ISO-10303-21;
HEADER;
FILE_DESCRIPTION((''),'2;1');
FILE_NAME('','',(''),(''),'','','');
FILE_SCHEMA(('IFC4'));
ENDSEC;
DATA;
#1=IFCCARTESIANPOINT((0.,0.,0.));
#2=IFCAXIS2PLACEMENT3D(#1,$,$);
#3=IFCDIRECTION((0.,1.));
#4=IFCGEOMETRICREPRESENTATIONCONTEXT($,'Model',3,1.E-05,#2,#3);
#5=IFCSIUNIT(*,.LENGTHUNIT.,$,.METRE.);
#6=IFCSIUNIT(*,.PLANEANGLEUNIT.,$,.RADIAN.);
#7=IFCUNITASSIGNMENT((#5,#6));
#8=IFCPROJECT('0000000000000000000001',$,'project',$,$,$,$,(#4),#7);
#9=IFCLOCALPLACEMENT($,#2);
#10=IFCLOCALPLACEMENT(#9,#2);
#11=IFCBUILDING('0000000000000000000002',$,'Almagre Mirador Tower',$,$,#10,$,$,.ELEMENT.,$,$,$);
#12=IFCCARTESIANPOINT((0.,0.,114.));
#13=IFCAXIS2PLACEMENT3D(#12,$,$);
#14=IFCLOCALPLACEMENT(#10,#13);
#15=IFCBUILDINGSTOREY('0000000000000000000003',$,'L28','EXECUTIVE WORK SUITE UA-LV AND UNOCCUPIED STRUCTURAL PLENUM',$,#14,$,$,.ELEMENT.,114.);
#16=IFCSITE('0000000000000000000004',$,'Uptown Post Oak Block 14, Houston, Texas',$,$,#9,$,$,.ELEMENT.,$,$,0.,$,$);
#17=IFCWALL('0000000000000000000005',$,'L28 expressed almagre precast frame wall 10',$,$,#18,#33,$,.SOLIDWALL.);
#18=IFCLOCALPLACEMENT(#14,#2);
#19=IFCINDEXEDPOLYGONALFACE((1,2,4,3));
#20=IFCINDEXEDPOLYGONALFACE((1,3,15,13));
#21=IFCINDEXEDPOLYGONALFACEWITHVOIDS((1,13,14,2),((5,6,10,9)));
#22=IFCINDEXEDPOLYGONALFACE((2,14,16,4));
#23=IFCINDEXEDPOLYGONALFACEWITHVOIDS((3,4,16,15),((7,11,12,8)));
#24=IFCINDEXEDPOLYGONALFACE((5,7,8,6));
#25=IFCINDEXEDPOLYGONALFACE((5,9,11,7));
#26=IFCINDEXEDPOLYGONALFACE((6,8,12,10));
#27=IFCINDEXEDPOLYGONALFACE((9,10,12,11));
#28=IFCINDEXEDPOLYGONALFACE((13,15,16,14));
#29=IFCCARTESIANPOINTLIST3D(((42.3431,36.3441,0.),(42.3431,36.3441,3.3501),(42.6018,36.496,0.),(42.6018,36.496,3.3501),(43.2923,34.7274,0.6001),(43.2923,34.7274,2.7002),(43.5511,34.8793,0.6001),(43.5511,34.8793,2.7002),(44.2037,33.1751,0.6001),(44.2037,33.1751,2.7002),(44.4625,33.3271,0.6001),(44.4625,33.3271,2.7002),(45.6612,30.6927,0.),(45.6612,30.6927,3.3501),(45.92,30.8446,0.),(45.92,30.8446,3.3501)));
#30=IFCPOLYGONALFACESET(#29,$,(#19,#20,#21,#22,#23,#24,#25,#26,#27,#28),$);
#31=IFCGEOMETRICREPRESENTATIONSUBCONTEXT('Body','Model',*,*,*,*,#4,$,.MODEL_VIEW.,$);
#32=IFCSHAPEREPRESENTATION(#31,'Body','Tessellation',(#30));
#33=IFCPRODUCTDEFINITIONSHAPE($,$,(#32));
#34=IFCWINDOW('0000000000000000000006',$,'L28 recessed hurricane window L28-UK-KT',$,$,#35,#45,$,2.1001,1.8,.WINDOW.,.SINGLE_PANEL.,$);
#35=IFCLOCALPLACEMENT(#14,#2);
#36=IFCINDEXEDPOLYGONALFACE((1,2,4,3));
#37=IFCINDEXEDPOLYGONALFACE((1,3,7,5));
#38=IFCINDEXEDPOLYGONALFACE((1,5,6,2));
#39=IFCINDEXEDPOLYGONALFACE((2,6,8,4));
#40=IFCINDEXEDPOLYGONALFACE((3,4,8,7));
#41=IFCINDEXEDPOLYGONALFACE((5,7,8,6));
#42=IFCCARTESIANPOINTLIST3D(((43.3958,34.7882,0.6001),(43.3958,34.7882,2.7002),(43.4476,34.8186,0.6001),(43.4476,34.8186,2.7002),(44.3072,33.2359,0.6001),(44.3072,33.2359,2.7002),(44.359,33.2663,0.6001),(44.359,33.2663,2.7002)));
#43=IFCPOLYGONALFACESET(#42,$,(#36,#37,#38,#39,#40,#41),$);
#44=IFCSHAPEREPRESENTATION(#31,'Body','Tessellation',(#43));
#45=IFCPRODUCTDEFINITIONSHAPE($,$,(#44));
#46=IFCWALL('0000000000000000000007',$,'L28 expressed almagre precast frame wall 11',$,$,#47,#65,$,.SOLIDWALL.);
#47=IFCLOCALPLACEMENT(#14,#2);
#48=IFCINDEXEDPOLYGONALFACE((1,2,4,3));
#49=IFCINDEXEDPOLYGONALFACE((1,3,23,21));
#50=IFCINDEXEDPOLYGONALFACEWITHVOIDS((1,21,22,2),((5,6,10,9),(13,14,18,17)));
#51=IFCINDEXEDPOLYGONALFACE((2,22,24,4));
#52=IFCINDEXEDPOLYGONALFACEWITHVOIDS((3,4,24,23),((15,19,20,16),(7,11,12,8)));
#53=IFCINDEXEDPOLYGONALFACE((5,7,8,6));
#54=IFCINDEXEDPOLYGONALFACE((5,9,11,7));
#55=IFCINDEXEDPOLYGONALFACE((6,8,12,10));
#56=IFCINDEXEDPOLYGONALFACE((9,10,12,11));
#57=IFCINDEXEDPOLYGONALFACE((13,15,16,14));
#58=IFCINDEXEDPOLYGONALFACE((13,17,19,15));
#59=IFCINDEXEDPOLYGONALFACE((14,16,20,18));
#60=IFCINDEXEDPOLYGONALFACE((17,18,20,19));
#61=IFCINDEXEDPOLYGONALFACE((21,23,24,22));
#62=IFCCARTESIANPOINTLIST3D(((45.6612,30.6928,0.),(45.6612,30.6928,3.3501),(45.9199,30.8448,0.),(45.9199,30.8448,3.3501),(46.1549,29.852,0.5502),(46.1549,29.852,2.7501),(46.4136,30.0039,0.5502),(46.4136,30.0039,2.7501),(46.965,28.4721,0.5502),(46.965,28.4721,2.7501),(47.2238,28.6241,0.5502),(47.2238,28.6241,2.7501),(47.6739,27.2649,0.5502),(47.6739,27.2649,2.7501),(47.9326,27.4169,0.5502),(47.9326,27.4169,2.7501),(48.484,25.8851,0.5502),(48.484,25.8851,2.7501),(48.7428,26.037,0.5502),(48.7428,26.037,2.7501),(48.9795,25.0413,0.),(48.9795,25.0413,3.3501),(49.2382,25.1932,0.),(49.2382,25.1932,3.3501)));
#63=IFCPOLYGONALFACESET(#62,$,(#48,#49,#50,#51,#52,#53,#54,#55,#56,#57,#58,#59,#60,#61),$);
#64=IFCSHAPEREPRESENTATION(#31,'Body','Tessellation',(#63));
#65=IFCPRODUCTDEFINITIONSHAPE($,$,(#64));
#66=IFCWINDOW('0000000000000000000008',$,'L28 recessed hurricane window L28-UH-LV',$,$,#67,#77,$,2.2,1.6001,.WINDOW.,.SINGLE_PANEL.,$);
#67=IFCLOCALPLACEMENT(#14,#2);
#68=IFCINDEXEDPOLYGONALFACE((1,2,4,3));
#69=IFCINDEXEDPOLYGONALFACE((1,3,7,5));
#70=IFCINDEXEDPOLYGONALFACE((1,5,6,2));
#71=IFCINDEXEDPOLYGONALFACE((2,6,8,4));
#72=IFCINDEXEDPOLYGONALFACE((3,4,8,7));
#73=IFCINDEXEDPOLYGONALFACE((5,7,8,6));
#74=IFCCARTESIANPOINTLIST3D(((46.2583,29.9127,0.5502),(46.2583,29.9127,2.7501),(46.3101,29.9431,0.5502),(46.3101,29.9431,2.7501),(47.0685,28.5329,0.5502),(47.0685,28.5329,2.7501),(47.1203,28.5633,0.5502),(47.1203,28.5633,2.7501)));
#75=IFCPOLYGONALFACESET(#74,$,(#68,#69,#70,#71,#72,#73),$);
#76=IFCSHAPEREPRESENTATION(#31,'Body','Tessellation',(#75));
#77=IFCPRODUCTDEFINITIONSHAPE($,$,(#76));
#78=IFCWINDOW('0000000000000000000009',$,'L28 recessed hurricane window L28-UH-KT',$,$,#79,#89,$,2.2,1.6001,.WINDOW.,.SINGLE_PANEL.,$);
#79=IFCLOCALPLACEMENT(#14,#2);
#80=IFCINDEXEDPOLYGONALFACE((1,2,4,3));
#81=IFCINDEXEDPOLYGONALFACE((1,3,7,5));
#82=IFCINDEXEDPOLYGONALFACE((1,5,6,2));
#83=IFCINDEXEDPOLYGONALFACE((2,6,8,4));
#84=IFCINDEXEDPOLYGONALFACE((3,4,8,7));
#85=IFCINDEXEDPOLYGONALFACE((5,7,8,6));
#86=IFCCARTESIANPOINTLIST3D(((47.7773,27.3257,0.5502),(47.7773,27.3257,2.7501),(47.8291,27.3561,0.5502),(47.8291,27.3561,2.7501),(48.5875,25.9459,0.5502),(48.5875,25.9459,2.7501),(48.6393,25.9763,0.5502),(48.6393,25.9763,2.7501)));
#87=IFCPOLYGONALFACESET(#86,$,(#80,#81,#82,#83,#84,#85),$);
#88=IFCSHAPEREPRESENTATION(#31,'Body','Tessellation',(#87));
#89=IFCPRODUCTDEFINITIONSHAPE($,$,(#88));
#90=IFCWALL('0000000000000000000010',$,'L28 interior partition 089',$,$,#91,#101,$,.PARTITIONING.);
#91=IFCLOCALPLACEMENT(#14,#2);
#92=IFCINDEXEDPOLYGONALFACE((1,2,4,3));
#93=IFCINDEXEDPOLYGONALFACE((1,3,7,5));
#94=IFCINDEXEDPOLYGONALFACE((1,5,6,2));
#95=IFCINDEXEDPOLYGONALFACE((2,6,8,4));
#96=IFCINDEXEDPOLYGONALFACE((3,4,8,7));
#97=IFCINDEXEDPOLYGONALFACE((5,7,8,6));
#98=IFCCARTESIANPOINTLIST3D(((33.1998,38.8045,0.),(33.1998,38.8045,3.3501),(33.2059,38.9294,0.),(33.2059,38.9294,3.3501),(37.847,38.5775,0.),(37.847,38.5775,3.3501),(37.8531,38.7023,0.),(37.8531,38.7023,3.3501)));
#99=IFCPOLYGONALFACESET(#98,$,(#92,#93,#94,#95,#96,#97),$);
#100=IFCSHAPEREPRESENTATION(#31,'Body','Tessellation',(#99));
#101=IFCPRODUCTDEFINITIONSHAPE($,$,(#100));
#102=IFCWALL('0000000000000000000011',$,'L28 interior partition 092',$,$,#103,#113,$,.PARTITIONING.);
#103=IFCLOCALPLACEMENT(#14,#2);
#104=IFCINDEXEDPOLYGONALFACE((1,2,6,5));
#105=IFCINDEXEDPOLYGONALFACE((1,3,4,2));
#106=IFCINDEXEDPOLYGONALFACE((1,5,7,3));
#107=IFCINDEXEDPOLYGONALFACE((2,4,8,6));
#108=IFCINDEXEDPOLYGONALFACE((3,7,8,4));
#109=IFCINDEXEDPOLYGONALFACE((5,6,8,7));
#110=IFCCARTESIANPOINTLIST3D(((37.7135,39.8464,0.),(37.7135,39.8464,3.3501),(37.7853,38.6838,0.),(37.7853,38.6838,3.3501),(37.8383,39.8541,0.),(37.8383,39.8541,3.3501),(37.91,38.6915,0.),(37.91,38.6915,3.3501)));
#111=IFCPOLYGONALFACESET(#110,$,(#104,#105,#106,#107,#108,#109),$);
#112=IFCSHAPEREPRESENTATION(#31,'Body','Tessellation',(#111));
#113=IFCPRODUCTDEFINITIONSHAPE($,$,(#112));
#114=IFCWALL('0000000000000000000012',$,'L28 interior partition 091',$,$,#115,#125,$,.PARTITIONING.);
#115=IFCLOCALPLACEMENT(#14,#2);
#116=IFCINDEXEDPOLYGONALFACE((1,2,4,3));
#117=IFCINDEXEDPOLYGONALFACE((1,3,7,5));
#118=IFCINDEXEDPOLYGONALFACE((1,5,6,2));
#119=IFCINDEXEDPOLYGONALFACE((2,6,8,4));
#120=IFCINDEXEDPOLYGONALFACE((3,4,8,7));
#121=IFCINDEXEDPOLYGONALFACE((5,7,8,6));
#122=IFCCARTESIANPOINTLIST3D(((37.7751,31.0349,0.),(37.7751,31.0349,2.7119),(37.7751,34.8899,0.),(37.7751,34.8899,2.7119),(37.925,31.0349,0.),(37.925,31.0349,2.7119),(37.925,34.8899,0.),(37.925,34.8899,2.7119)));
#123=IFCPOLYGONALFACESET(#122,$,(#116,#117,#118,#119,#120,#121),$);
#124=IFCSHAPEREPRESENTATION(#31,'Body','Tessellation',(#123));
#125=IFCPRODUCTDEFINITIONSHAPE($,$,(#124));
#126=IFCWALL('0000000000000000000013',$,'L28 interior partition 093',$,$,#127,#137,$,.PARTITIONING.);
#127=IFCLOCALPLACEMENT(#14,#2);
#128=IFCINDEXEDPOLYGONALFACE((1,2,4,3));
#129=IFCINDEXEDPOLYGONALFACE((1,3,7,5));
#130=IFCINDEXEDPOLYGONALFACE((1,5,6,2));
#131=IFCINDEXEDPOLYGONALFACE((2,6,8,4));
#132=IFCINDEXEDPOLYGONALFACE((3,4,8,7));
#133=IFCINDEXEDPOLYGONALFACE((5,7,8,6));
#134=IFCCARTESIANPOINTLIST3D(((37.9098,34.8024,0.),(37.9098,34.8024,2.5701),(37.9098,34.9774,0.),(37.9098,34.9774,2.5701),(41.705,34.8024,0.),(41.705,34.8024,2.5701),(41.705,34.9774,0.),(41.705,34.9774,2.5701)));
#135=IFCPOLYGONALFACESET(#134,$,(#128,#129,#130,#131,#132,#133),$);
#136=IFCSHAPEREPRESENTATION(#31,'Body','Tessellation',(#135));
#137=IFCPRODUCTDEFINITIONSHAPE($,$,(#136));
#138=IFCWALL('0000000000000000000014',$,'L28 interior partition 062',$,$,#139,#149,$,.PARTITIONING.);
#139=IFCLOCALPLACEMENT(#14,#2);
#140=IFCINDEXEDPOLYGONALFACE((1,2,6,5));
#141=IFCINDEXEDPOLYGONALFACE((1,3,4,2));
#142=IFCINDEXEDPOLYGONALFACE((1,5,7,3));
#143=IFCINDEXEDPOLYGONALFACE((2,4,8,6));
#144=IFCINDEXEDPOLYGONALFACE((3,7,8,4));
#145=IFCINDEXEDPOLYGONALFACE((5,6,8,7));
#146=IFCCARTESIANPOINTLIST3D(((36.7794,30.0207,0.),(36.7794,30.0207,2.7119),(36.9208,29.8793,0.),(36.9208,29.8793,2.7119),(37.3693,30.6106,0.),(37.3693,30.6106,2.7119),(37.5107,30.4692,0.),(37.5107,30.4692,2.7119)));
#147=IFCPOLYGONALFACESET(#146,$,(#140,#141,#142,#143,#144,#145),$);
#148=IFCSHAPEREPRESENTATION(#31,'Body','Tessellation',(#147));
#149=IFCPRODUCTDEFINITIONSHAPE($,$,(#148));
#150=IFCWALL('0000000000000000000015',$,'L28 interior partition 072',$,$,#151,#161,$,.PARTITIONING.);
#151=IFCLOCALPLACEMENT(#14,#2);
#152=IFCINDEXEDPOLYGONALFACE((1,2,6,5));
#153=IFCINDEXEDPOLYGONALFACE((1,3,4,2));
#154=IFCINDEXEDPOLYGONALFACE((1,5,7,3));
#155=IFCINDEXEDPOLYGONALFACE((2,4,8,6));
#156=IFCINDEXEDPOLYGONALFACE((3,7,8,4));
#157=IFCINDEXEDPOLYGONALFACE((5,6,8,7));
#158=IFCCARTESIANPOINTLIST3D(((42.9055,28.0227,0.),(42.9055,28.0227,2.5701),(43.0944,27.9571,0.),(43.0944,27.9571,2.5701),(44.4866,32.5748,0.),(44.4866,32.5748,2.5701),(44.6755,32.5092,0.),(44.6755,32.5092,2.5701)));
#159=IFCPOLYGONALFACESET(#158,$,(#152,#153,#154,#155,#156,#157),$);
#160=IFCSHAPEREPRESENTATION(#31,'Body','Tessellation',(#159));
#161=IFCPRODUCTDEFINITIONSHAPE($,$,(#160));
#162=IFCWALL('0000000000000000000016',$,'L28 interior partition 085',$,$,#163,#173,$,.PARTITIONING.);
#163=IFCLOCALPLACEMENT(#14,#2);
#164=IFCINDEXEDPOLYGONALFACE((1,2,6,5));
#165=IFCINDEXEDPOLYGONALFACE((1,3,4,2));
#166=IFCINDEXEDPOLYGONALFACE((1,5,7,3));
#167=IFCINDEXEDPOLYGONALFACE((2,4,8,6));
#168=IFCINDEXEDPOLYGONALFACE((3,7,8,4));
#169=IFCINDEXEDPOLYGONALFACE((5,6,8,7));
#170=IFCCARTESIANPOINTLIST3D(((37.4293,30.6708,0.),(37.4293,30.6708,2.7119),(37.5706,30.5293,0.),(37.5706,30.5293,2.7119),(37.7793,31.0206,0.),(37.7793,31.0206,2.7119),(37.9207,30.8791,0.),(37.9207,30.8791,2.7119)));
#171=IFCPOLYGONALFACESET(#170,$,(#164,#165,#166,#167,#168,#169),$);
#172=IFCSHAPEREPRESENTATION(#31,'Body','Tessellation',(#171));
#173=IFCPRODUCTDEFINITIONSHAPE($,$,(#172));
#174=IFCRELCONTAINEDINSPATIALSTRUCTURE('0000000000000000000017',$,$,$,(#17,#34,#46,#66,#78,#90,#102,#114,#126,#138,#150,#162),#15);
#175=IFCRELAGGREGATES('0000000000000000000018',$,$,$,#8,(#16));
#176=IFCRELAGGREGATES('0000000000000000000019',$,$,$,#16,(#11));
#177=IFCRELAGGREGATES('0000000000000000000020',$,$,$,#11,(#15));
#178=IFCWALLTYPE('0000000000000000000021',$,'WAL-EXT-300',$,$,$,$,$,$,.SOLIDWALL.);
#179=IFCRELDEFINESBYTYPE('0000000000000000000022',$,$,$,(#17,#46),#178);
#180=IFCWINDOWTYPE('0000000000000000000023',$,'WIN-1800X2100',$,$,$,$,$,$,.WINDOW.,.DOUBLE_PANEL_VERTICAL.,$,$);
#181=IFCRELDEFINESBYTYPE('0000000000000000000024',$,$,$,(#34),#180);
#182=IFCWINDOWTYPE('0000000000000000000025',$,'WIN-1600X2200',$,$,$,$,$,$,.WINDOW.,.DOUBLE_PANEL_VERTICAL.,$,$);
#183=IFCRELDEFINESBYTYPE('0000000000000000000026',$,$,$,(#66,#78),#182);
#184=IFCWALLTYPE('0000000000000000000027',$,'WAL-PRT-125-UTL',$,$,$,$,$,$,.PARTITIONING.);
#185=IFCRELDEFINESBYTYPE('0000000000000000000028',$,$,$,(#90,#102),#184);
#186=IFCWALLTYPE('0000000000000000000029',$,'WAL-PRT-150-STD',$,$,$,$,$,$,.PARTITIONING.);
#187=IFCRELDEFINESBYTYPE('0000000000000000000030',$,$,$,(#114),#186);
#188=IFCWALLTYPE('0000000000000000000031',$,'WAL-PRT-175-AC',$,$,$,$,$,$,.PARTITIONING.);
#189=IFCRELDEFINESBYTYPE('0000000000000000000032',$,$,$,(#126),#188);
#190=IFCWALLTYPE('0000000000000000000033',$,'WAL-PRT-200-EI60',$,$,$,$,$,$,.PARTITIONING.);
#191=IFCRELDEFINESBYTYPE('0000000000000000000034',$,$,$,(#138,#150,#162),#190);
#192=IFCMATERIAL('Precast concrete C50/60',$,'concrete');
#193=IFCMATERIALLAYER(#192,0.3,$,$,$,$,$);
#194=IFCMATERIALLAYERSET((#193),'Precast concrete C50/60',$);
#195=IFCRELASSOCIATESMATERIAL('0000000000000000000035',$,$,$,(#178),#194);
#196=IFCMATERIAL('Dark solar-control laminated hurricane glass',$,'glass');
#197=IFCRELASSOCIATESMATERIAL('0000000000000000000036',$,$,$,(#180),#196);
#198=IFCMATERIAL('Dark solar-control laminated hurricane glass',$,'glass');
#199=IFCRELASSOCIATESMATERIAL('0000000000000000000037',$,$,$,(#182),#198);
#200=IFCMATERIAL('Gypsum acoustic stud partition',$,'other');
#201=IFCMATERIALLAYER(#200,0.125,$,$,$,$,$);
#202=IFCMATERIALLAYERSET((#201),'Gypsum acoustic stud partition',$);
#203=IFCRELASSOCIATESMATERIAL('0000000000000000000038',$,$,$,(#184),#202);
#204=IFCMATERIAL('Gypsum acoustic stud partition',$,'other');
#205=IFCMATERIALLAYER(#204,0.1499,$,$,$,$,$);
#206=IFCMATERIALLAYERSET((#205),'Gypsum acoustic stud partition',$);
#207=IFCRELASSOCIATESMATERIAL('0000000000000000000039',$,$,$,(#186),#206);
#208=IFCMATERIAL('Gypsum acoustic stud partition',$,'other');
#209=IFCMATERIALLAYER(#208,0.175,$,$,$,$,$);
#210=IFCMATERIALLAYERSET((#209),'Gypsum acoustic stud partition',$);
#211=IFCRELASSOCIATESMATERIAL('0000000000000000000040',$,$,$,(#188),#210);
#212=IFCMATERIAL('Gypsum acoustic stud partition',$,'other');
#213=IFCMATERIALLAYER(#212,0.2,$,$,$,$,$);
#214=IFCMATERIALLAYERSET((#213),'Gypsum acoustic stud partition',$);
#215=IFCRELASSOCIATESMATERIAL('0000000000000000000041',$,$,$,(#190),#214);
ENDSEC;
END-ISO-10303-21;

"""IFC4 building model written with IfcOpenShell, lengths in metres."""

from ifc_helpers import new_model, si_unit, direction, frame, frame_2d, origin, place, context, subcontext, project, spatial, rectangle, extrude, material, layer, layer_set, type_object, element, fill, save


model = new_model("IFC4")

# Units and contexts
model_context = context("Model", 3, precision=1e-05, world=origin(), true_north=direction((0.0, 1.0)))
body_context = subcontext(model_context, "Body", "Model", "MODEL_VIEW")
ifc_project = project(units=[si_unit("LENGTHUNIT", "METRE"), si_unit("PLANEANGLEUNIT", "RADIAN")], contexts=[model_context])

# Site, building, storey
site_placement = place(None, origin())
site = spatial("IfcSite", under=ifc_project, at=site_placement, Name="Uptown Post Oak Block 14, Houston, Texas", CompositionType="ELEMENT", RefElevation=0.0)
building_placement = place(site_placement, origin())
building = spatial("IfcBuilding", under=site, at=building_placement, Name="Almagre Mirador Tower", CompositionType="ELEMENT")
storey_placement = place(building_placement, frame((0.0, 0.0, 114.0)))
storey = spatial("IfcBuildingStorey", under=building, at=storey_placement, Name="L28", Description="EXECUTIVE WORK SUITE UA-LV AND UNOCCUPIED STRUCTURAL PLENUM", CompositionType="ELEMENT", Elevation=114.0)

# Shared definitions
ifc_material_1 = material(Name="Precast concrete C50/60", Category="concrete")
ifc_layer_1 = layer(ifc_material_1, 0.3)
ifc_layer_set_1 = layer_set([ifc_layer_1], Name="Precast concrete C50/60")
wall_type_1 = type_object("IfcWallType", Name="WAL-EXT-300", PredefinedType="SOLIDWALL", material=ifc_layer_set_1)

# Wall, opening, window
wall_1_placement = place(storey_placement, frame((42.4724, 36.4202, 0.0), z_axis=(0.0, 0.0, 1.0), x_axis=(0.506315, -0.862349, 0.0)))
wall_1 = element("IfcWall", 1, at=wall_1_placement, inside=storey, type_object=wall_type_1, Name="L28 expressed almagre precast frame wall 10", PredefinedType="SOLIDWALL", context=body_context, shape_type="SweptSolid", body=[
    extrude(rectangle(XDim=6.5535, YDim=0.3, at=frame_2d((3.2769, 0.0))), origin(), (0.0, 0.0, 1.0), 3.3501),
])
opening_1_placement = place(wall_1_placement, frame((1.875, 0.0, 0.6001)))
opening_1 = element("IfcOpeningElement", 2, at=opening_1_placement, cuts=wall_1, PredefinedType="OPENING", context=body_context, shape_type="SweptSolid", body=[
    extrude(rectangle(XDim=1.8, YDim=2.1001, at=frame_2d((0.8999, 1.05))), frame((0.0, 0.1599, 0.0), z_axis=(0.0, -1.0, 0.0), x_axis=(1.0, 0.0, 0.0)), (0.0, 0.0, 1.0), 0.32),
])
ifc_material_2 = material(Name="Dark solar-control laminated hurricane glass", Category="glass")
window_type_1 = type_object("IfcWindowType", Name="WIN-1800X2100", PartitioningType="DOUBLE_PANEL_VERTICAL", PredefinedType="WINDOW", material=ifc_material_2)
window_1_placement = place(opening_1_placement, origin())
window_1 = element("IfcWindow", 3, at=window_1_placement, inside=storey, type_object=window_type_1, Name="L28 recessed hurricane window L28-UK-KT", OverallHeight=2.1001, OverallWidth=1.8, PartitioningType="SINGLE_PANEL", PredefinedType="WINDOW", context=body_context, shape_type="SweptSolid", body=[
    extrude(rectangle(XDim=1.8, YDim=2.1001, at=frame_2d((0.8999, 1.05))), frame((0.0, 0.03, 0.0), z_axis=(0.0, -1.0, 0.0), x_axis=(1.0, 0.0, 0.0)), (0.0, 0.0, 1.0), 0.0601),
])
fill(opening_1, window_1)

# Wall, openings, windows
wall_2_placement = place(storey_placement, frame((45.7905, 30.7688, 0.0), z_axis=(0.0, 0.0, 1.0), x_axis=(0.506326, -0.862342, 0.0)))
wall_2 = element("IfcWall", 4, at=wall_2_placement, inside=storey, type_object=wall_type_1, Name="L28 expressed almagre precast frame wall 11", PredefinedType="SOLIDWALL", context=body_context, shape_type="SweptSolid", body=[
    extrude(rectangle(XDim=6.5537, YDim=0.3, at=frame_2d((3.2769, 0.0))), origin(), (0.0, 0.0, 1.0), 3.3501),
])
opening_2_placement = place(wall_2_placement, frame((0.9751, 0.0, 0.55)))
opening_2 = element("IfcOpeningElement", 5, at=opening_2_placement, cuts=wall_2, PredefinedType="OPENING", context=body_context, shape_type="SweptSolid", body=[
    extrude(rectangle(XDim=1.6001, YDim=2.2, at=frame_2d((0.8, 1.1001))), frame((0.0, 0.1599, 0.0), z_axis=(0.0, -1.0, 0.0), x_axis=(1.0, 0.0, 0.0)), (0.0, 0.0, 1.0), 0.32),
])
opening_3_placement = place(wall_2_placement, frame((3.9751, 0.0, 0.55)))
opening_3 = element("IfcOpeningElement", 6, at=opening_3_placement, cuts=wall_2, PredefinedType="OPENING", context=body_context, shape_type="SweptSolid", body=[
    extrude(rectangle(XDim=1.6001, YDim=2.2, at=frame_2d((0.8, 1.1001))), frame((0.0, 0.1599, 0.0), z_axis=(0.0, -1.0, 0.0), x_axis=(1.0, 0.0, 0.0)), (0.0, 0.0, 1.0), 0.32),
])
ifc_material_3 = material(Name="Dark solar-control laminated hurricane glass", Category="glass")
window_type_2 = type_object("IfcWindowType", Name="WIN-1600X2200", PartitioningType="DOUBLE_PANEL_VERTICAL", PredefinedType="WINDOW", material=ifc_material_3)
window_2_placement = place(opening_2_placement, origin())
window_2 = element("IfcWindow", 7, at=window_2_placement, inside=storey, type_object=window_type_2, Name="L28 recessed hurricane window L28-UH-LV", OverallHeight=2.2, OverallWidth=1.6001, PartitioningType="SINGLE_PANEL", PredefinedType="WINDOW", context=body_context, shape_type="SweptSolid", body=[
    extrude(rectangle(XDim=1.6001, YDim=2.2, at=frame_2d((0.8, 1.1001))), frame((0.0, 0.03, 0.0), z_axis=(0.0, -1.0, 0.0), x_axis=(1.0, 0.0, 0.0)), (0.0, 0.0, 1.0), 0.0601),
])
fill(opening_2, window_2)
window_3_placement = place(opening_3_placement, origin())
window_3 = element("IfcWindow", 8, at=window_3_placement, inside=storey, type_object=window_type_2, Name="L28 recessed hurricane window L28-UH-KT", OverallHeight=2.2, OverallWidth=1.6001, PartitioningType="SINGLE_PANEL", PredefinedType="WINDOW", context=body_context, shape_type="SweptSolid", body=[
    extrude(rectangle(XDim=1.6001, YDim=2.2, at=frame_2d((0.8, 1.1001))), frame((0.0, 0.03, 0.0), z_axis=(0.0, -1.0, 0.0), x_axis=(1.0, 0.0, 0.0)), (0.0, 0.0, 1.0), 0.0601),
])
fill(opening_3, window_3)

# Walls
ifc_material_4 = material(Name="Gypsum acoustic stud partition", Category="other")
ifc_layer_2 = layer(ifc_material_4, 0.125)
ifc_layer_set_2 = layer_set([ifc_layer_2], Name="Gypsum acoustic stud partition")
wall_type_2 = type_object("IfcWallType", Name="WAL-PRT-125-UTL", PredefinedType="PARTITIONING", material=ifc_layer_set_2)
wall_3_placement = place(storey_placement, frame((37.8501, 38.6399, 0.0), z_axis=(0.0, 0.0, 1.0), x_axis=(-0.998809, 0.048799, 0.0)))
element("IfcWall", 9, at=wall_3_placement, inside=storey, type_object=wall_type_2, Name="L28 interior partition 089", PredefinedType="PARTITIONING", context=body_context, shape_type="SweptSolid", body=[
    extrude(rectangle(XDim=4.6528, YDim=0.125, at=frame_2d((2.3264, 0.0))), origin(), (0.0, 0.0, 1.0), 3.3501),
])
wall_4_placement = place(storey_placement, frame((37.8477, 38.6875, 0.0), z_axis=(0.0, 0.0, 1.0), x_axis=(-0.061621, 0.9981, 0.0)))
element("IfcWall", 10, at=wall_4_placement, inside=storey, type_object=wall_type_2, Name="L28 interior partition 092", PredefinedType="PARTITIONING", context=body_context, shape_type="SweptSolid", body=[
    extrude(rectangle(XDim=1.1648, YDim=0.125, at=frame_2d((0.5825, 0.0))), origin(), (0.0, 0.0, 1.0), 3.3501),
])
ifc_material_5 = material(Name="Gypsum acoustic stud partition", Category="other")
ifc_layer_3 = layer(ifc_material_5, 0.1499)
ifc_layer_set_3 = layer_set([ifc_layer_3], Name="Gypsum acoustic stud partition")
wall_type_3 = type_object("IfcWallType", Name="WAL-PRT-150-STD", PredefinedType="PARTITIONING", material=ifc_layer_set_3)
wall_5_placement = place(storey_placement, frame((37.8501, 31.0349, 0.0), z_axis=(0.0, 0.0, 1.0), x_axis=(0.0, 1.0, 0.0)))
element("IfcWall", 11, at=wall_5_placement, inside=storey, type_object=wall_type_3, Name="L28 interior partition 091", PredefinedType="PARTITIONING", context=body_context, shape_type="SweptSolid", body=[
    extrude(rectangle(XDim=3.855, YDim=0.1499, at=frame_2d((1.9275, 0.0))), origin(), (0.0, 0.0, 1.0), 2.7119),
])
ifc_material_6 = material(Name="Gypsum acoustic stud partition", Category="other")
ifc_layer_4 = layer(ifc_material_6, 0.175)
ifc_layer_set_4 = layer_set([ifc_layer_4], Name="Gypsum acoustic stud partition")
wall_type_4 = type_object("IfcWallType", Name="WAL-PRT-175-AC", PredefinedType="PARTITIONING", material=ifc_layer_set_4)
wall_6_placement = place(storey_placement, frame((37.9099, 34.8899, 0.0), z_axis=(0.0, 0.0, 1.0), x_axis=(1.0, 0.0, 0.0)))
element("IfcWall", 12, at=wall_6_placement, inside=storey, type_object=wall_type_4, Name="L28 interior partition 093", PredefinedType="PARTITIONING", context=body_context, shape_type="SweptSolid", body=[
    extrude(rectangle(XDim=3.7952, YDim=0.175, at=frame_2d((1.8975, 0.0))), origin(), (0.0, 0.0, 1.0), 2.5701),
])
ifc_material_7 = material(Name="Gypsum acoustic stud partition", Category="other")
ifc_layer_5 = layer(ifc_material_7, 0.2)
ifc_layer_set_5 = layer_set([ifc_layer_5], Name="Gypsum acoustic stud partition")
wall_type_5 = type_object("IfcWallType", Name="WAL-PRT-200-EI60", PredefinedType="PARTITIONING", material=ifc_layer_set_5)
wall_7_placement = place(storey_placement, frame((37.4399, 30.5398, 0.0), z_axis=(0.0, 0.0, 1.0), x_axis=(-0.707107, -0.707107, 0.0)))
element("IfcWall", 13, at=wall_7_placement, inside=storey, type_object=wall_type_5, Name="L28 interior partition 062", PredefinedType="PARTITIONING", context=body_context, shape_type="SweptSolid", body=[
    extrude(rectangle(XDim=0.8342, YDim=0.2, at=frame_2d((0.417, 0.0))), origin(), (0.0, 0.0, 1.0), 2.7119),
])
wall_8_placement = place(storey_placement, frame((44.5811, 32.542, 0.0), z_axis=(0.0, 0.0, 1.0), x_axis=(-0.328104, -0.944642, 0.0)))
element("IfcWall", 14, at=wall_8_placement, inside=storey, type_object=wall_type_5, Name="L28 interior partition 072", PredefinedType="PARTITIONING", context=body_context, shape_type="SweptSolid", body=[
    extrude(rectangle(XDim=4.8188, YDim=0.2, at=frame_2d((2.4094, 0.0))), origin(), (0.0, 0.0, 1.0), 2.5701),
])
wall_9_placement = place(storey_placement, frame((37.8501, 30.95, 0.0), z_axis=(0.0, 0.0, 1.0), x_axis=(-0.707353, -0.70686, 0.0)))
element("IfcWall", 15, at=wall_9_placement, inside=storey, type_object=wall_type_5, Name="L28 interior partition 085", PredefinedType="PARTITIONING", context=body_context, shape_type="SweptSolid", body=[
    extrude(rectangle(XDim=0.4949, YDim=0.2, at=frame_2d((0.2476, 0.0))), origin(), (0.0, 0.0, 1.0), 2.7119),
])

save(model, "model.ifc")
